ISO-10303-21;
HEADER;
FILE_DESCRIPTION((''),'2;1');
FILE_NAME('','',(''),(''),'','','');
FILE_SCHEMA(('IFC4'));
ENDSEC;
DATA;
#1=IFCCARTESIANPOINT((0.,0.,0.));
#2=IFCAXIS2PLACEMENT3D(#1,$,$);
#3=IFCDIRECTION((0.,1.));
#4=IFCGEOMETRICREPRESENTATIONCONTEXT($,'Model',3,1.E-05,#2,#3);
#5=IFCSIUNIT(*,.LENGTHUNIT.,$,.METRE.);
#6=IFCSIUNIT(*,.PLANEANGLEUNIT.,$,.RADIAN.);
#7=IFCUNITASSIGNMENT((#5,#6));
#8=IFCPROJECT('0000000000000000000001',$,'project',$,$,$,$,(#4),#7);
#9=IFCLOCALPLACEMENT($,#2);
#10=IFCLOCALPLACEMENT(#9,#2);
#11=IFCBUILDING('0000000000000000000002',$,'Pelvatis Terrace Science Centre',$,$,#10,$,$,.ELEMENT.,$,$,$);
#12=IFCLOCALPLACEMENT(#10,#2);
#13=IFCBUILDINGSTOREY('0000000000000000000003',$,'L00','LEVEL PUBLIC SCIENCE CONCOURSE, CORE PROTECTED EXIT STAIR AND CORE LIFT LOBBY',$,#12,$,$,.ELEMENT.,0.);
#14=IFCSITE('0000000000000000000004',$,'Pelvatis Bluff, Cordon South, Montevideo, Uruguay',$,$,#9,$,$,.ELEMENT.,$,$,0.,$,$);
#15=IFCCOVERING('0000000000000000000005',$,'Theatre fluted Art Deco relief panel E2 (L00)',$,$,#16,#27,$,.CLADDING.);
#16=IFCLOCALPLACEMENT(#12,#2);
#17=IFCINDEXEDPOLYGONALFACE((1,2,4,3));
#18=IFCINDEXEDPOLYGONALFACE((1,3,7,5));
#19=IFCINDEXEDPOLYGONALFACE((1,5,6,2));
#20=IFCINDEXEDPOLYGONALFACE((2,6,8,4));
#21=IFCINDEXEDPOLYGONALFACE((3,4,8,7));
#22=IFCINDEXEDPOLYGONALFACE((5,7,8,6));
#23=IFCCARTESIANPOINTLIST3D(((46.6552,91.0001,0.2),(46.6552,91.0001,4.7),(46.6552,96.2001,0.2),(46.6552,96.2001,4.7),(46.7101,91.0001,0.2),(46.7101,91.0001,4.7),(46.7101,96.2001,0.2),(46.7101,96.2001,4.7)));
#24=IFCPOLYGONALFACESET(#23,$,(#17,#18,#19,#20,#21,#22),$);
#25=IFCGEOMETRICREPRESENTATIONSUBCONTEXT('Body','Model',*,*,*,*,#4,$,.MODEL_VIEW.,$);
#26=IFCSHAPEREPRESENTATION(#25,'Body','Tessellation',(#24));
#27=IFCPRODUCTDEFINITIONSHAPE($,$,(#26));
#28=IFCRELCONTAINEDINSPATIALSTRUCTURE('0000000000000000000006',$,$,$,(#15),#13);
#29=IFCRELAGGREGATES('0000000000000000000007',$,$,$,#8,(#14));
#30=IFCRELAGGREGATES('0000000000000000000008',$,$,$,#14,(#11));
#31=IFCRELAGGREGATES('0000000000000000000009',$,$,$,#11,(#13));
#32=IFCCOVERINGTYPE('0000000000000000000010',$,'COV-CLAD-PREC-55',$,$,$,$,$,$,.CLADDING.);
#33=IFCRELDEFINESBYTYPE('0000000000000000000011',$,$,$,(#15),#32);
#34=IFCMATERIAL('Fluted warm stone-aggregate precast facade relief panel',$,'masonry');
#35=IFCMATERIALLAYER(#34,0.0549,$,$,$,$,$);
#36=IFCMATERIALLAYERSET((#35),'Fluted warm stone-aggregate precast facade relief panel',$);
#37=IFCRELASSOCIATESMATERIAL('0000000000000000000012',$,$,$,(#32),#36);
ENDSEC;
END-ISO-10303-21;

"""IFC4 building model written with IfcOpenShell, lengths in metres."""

from ifc_helpers import new_model, si_unit, direction, frame, origin, origin_2d, place, context, subcontext, project, spatial, rectangle, extrude, material, layer, layer_set, type_object, element, save


model = new_model("IFC4")

# Units and contexts
model_context = context("Model", 3, precision=1e-05, world=origin(), true_north=direction((0.0, 1.0)))
body_context = subcontext(model_context, "Body", "Model", "MODEL_VIEW")
ifc_project = project(units=[si_unit("LENGTHUNIT", "METRE"), si_unit("PLANEANGLEUNIT", "RADIAN")], contexts=[model_context])

# Site, building, storey
site_placement = place(None, origin())
site = spatial("IfcSite", under=ifc_project, at=site_placement, Name="Pelvatis Bluff, Cordon South, Montevideo, Uruguay", CompositionType="ELEMENT", RefElevation=0.0)
building_placement = place(site_placement, origin())
building = spatial("IfcBuilding", under=site, at=building_placement, Name="Pelvatis Terrace Science Centre", CompositionType="ELEMENT")
storey_placement = place(building_placement, origin())
storey = spatial("IfcBuildingStorey", under=building, at=storey_placement, Name="L00", Description="LEVEL PUBLIC SCIENCE CONCOURSE, CORE PROTECTED EXIT STAIR AND CORE LIFT LOBBY", CompositionType="ELEMENT", Elevation=0.0)

# Covering
ifc_material_1 = material(Name="Fluted warm stone-aggregate precast facade relief panel", Category="masonry")
ifc_layer_1 = layer(ifc_material_1, 0.0549)
ifc_layer_set_1 = layer_set([ifc_layer_1], Name="Fluted warm stone-aggregate precast facade relief panel")
covering_type = type_object("IfcCoveringType", Name="COV-CLAD-PREC-55", PredefinedType="CLADDING", material=ifc_layer_set_1)
for number, where, z_axis, x_axis, name in (
    (1, (46.6826, 93.6001, 0.2), (0.0, 0.0, 1.0), (1.0, 0.0, 0.0), "Theatre fluted Art Deco relief panel E2 (L00)"),
):
    element("IfcCovering", number, at=place(storey_placement, frame(where, z_axis=z_axis, x_axis=x_axis)), inside=storey, type_object=covering_type, Name=name, PredefinedType="CLADDING", context=body_context, shape_type="SweptSolid", body=[
        extrude(rectangle(XDim=0.0549, YDim=5.2, at=origin_2d()), origin(), (0.0, 0.0, 1.0), 4.5),
    ])

save(model, "model.ifc")
